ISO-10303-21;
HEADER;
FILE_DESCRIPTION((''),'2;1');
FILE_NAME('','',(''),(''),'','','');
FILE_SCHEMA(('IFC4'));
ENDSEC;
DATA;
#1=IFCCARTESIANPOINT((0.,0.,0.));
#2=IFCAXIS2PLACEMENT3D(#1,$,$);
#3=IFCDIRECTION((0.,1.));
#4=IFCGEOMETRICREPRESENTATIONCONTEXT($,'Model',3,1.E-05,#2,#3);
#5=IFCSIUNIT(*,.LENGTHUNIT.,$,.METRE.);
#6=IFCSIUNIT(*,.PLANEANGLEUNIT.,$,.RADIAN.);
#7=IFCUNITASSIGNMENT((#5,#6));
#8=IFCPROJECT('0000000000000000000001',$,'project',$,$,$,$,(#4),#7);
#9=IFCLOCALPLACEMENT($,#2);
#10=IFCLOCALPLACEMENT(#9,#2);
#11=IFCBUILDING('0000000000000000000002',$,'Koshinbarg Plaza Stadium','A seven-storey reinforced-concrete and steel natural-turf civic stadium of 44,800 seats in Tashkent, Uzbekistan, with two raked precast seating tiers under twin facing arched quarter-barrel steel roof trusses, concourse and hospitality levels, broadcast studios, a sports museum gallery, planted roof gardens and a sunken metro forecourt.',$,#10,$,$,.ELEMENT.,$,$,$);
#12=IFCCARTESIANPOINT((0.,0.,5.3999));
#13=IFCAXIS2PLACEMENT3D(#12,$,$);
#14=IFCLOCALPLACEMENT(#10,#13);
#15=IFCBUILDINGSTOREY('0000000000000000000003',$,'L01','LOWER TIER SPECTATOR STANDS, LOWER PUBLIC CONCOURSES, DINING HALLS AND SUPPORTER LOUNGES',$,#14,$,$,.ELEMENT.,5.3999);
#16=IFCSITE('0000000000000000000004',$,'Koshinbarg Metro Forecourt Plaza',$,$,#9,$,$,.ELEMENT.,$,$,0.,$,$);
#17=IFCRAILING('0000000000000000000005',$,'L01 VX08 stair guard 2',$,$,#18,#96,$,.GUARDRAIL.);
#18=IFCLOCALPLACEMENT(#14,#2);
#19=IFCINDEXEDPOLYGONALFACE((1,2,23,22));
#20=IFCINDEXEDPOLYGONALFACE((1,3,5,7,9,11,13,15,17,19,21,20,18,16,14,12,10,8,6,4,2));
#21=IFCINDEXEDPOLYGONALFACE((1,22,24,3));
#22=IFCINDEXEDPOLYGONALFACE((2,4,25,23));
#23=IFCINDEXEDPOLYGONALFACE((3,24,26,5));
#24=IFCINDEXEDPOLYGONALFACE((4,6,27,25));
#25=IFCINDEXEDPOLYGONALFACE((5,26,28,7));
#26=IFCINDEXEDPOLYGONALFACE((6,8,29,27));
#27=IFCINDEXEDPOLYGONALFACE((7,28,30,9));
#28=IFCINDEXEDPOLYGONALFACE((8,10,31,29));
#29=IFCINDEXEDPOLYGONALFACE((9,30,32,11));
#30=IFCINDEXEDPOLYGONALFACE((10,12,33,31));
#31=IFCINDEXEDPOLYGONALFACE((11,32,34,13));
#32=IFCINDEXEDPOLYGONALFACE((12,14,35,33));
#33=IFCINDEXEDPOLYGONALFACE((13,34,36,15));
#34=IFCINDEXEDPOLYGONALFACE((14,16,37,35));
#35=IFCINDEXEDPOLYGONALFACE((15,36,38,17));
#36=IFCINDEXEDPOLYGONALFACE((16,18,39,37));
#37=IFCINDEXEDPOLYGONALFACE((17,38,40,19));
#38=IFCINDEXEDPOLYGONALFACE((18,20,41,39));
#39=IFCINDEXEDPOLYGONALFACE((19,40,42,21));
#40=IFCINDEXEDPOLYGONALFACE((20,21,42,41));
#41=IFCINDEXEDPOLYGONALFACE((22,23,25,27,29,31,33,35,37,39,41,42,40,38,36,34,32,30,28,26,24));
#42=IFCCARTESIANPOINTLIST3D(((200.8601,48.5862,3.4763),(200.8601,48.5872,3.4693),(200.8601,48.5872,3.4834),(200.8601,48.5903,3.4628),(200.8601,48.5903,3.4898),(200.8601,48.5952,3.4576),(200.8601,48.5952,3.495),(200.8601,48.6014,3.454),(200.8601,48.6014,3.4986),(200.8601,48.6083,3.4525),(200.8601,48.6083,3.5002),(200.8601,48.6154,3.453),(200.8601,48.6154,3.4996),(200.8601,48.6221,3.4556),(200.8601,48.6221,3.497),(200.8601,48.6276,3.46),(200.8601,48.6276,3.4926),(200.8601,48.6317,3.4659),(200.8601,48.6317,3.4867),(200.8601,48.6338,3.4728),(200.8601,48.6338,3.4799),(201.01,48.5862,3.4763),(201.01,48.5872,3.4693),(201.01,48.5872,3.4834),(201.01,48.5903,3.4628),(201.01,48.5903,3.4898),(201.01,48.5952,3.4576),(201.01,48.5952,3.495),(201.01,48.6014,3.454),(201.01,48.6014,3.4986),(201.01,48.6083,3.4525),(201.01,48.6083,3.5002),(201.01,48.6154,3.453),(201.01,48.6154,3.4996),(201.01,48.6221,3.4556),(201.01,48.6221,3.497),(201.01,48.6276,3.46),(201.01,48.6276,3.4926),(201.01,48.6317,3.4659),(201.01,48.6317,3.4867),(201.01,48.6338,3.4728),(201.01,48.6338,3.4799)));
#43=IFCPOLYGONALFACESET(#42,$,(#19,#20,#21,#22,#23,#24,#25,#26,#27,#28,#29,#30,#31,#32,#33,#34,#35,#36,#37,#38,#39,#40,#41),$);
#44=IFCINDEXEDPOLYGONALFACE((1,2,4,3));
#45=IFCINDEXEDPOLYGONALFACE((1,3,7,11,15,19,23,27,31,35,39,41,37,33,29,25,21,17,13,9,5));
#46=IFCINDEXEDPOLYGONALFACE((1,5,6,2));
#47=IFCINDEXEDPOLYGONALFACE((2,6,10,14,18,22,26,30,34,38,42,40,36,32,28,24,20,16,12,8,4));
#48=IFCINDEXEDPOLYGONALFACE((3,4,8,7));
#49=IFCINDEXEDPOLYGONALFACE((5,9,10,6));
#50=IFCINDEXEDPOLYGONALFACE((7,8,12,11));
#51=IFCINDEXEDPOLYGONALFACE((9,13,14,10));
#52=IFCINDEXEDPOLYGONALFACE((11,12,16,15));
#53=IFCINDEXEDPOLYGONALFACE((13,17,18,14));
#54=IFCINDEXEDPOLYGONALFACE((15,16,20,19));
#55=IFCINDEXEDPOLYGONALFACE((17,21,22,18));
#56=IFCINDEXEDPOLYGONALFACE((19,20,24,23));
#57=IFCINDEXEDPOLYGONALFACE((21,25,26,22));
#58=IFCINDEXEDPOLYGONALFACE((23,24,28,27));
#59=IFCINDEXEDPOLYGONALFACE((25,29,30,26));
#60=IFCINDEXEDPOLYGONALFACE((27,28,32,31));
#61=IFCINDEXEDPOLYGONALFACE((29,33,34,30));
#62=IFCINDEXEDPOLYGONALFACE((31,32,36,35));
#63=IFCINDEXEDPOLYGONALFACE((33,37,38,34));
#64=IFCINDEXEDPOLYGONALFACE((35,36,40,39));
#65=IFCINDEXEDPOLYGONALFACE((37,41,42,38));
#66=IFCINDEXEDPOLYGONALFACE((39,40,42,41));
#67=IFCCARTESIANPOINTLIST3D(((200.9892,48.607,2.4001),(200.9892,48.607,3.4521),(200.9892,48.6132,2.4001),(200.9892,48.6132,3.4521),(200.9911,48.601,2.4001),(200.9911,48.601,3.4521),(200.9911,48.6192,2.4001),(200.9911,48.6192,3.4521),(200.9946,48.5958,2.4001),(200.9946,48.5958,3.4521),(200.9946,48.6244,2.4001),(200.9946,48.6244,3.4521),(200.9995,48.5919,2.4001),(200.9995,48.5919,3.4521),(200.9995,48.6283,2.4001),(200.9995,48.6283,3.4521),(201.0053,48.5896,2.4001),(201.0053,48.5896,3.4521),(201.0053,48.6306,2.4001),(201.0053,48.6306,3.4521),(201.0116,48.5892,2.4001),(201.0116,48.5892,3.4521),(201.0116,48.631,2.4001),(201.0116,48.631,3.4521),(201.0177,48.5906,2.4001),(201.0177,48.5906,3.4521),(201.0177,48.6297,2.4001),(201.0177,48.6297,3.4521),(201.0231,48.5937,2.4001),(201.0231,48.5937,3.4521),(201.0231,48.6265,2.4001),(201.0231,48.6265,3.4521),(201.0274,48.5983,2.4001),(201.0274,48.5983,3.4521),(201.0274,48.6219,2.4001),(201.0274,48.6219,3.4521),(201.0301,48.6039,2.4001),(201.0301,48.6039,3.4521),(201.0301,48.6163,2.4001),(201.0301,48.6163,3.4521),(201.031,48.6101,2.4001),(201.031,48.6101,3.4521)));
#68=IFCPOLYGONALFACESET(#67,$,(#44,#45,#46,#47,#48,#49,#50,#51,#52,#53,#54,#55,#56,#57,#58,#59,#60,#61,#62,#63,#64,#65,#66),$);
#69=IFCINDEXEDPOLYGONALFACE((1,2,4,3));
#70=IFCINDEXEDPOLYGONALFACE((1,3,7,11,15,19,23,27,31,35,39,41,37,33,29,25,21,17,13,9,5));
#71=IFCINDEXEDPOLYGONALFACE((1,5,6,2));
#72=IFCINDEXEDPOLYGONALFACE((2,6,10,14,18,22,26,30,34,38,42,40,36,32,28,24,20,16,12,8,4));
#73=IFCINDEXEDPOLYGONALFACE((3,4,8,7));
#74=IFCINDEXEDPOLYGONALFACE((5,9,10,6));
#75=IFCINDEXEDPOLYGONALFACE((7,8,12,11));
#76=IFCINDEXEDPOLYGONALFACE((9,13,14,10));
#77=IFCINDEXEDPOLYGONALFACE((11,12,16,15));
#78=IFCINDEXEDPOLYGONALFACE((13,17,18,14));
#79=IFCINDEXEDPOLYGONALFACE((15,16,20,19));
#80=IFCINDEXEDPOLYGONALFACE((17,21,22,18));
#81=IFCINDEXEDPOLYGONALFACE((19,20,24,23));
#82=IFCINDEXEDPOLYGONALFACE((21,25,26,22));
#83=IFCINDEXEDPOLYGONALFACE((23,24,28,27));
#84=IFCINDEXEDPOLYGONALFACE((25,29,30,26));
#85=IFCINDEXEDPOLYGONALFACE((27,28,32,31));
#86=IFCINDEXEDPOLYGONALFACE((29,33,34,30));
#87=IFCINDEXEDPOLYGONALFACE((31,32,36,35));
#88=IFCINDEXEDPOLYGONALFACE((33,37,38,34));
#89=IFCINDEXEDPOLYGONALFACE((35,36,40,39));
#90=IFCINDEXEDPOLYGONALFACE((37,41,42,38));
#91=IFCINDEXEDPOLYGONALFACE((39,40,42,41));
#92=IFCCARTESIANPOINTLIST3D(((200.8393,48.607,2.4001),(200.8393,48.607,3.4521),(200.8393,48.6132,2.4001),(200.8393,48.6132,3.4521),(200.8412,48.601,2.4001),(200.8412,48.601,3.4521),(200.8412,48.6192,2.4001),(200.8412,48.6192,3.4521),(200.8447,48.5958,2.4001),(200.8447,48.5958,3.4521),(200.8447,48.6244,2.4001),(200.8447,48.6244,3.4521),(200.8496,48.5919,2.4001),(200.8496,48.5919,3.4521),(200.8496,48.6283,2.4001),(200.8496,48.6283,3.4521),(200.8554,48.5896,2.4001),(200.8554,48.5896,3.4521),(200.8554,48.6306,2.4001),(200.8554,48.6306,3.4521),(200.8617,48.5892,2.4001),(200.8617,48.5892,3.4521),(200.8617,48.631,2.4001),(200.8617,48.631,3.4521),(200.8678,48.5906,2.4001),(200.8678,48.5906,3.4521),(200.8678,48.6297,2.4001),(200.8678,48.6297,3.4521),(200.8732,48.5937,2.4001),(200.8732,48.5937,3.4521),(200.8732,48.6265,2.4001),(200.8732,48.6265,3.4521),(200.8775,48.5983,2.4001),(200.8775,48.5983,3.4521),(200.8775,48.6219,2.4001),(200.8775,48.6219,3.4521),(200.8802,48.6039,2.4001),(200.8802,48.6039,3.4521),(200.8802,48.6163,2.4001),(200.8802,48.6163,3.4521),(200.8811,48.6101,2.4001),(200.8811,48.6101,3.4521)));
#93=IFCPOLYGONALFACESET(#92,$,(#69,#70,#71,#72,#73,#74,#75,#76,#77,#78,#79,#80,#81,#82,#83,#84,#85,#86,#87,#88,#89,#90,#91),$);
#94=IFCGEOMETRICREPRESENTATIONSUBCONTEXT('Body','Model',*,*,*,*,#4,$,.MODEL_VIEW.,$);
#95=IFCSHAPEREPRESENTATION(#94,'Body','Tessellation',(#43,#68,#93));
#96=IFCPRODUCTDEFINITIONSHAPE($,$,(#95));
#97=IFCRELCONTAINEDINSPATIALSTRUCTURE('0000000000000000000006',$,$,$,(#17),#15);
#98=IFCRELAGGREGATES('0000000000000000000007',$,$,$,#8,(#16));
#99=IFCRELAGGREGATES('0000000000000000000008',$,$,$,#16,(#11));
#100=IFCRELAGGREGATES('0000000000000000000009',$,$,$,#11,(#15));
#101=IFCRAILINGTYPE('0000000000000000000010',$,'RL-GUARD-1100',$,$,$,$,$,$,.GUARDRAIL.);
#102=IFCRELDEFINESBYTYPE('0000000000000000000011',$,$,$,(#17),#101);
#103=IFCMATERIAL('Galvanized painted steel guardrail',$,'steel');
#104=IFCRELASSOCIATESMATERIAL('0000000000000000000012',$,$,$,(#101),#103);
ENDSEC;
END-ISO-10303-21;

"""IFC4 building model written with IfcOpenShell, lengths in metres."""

from ifc_helpers import new_model, si_unit, direction, frame, origin, origin_2d, place, context, subcontext, project, spatial, circle, extrude, material, type_object, element, save


model = new_model("IFC4")

# Units and contexts
model_context = context("Model", 3, precision=1e-05, world=origin(), true_north=direction((0.0, 1.0)))
body_context = subcontext(model_context, "Body", "Model", "MODEL_VIEW")
ifc_project = project(units=[si_unit("LENGTHUNIT", "METRE"), si_unit("PLANEANGLEUNIT", "RADIAN")], contexts=[model_context])

# Site, building, storey
site_placement = place(None, origin())
site = spatial("IfcSite", under=ifc_project, at=site_placement, Name="Koshinbarg Metro Forecourt Plaza", CompositionType="ELEMENT", RefElevation=0.0)
building_placement = place(site_placement, origin())
building = spatial("IfcBuilding", under=site, at=building_placement, Name="Koshinbarg Plaza Stadium", Description="A seven-storey reinforced-concrete and steel natural-turf civic stadium of 44,800 seats in Tashkent, Uzbekistan, with two raked precast seating tiers under twin facing arched quarter-barrel steel roof trusses, concourse and hospitality levels, broadcast studios, a sports museum gallery, planted roof gardens and a sunken metro forecourt.", CompositionType="ELEMENT")
storey_placement = place(building_placement, frame((0.0, 0.0, 5.3999)))
storey = spatial("IfcBuildingStorey", under=building, at=storey_placement, Name="L01", Description="LOWER TIER SPECTATOR STANDS, LOWER PUBLIC CONCOURSES, DINING HALLS AND SUPPORTER LOUNGES", CompositionType="ELEMENT", Elevation=5.3999)

# Railing
ifc_material_1 = material(Name="Galvanized painted steel guardrail", Category="steel")
railing_type_1 = type_object("IfcRailingType", Name="RL-GUARD-1100", PredefinedType="GUARDRAIL", material=ifc_material_1)
railing_1_placement = place(storey_placement, frame((201.01, 48.6101, 2.4001)))
element("IfcRailing", 1, at=railing_1_placement, inside=storey, type_object=railing_type_1, Name="L01 VX08 stair guard 2", PredefinedType="GUARDRAIL", context=body_context, shape_type="SweptSolid", body=[
    extrude(circle(Radius=0.0239, at=origin_2d()), frame((0.0, 0.0, 1.0762), z_axis=(-1.0, 0.0, 0.0), x_axis=(0.0, -1.0, 0.0)), (0.0, 0.0, 1.0), 0.1499),
    extrude(circle(Radius=0.021, at=origin_2d()), origin(), (0.0, 0.0, 1.0), 1.052),
    extrude(circle(Radius=0.021, at=origin_2d()), frame((-0.1499, 0.0, 0.0)), (0.0, 0.0, 1.0), 1.052),
])

save(model, "model.ifc")
